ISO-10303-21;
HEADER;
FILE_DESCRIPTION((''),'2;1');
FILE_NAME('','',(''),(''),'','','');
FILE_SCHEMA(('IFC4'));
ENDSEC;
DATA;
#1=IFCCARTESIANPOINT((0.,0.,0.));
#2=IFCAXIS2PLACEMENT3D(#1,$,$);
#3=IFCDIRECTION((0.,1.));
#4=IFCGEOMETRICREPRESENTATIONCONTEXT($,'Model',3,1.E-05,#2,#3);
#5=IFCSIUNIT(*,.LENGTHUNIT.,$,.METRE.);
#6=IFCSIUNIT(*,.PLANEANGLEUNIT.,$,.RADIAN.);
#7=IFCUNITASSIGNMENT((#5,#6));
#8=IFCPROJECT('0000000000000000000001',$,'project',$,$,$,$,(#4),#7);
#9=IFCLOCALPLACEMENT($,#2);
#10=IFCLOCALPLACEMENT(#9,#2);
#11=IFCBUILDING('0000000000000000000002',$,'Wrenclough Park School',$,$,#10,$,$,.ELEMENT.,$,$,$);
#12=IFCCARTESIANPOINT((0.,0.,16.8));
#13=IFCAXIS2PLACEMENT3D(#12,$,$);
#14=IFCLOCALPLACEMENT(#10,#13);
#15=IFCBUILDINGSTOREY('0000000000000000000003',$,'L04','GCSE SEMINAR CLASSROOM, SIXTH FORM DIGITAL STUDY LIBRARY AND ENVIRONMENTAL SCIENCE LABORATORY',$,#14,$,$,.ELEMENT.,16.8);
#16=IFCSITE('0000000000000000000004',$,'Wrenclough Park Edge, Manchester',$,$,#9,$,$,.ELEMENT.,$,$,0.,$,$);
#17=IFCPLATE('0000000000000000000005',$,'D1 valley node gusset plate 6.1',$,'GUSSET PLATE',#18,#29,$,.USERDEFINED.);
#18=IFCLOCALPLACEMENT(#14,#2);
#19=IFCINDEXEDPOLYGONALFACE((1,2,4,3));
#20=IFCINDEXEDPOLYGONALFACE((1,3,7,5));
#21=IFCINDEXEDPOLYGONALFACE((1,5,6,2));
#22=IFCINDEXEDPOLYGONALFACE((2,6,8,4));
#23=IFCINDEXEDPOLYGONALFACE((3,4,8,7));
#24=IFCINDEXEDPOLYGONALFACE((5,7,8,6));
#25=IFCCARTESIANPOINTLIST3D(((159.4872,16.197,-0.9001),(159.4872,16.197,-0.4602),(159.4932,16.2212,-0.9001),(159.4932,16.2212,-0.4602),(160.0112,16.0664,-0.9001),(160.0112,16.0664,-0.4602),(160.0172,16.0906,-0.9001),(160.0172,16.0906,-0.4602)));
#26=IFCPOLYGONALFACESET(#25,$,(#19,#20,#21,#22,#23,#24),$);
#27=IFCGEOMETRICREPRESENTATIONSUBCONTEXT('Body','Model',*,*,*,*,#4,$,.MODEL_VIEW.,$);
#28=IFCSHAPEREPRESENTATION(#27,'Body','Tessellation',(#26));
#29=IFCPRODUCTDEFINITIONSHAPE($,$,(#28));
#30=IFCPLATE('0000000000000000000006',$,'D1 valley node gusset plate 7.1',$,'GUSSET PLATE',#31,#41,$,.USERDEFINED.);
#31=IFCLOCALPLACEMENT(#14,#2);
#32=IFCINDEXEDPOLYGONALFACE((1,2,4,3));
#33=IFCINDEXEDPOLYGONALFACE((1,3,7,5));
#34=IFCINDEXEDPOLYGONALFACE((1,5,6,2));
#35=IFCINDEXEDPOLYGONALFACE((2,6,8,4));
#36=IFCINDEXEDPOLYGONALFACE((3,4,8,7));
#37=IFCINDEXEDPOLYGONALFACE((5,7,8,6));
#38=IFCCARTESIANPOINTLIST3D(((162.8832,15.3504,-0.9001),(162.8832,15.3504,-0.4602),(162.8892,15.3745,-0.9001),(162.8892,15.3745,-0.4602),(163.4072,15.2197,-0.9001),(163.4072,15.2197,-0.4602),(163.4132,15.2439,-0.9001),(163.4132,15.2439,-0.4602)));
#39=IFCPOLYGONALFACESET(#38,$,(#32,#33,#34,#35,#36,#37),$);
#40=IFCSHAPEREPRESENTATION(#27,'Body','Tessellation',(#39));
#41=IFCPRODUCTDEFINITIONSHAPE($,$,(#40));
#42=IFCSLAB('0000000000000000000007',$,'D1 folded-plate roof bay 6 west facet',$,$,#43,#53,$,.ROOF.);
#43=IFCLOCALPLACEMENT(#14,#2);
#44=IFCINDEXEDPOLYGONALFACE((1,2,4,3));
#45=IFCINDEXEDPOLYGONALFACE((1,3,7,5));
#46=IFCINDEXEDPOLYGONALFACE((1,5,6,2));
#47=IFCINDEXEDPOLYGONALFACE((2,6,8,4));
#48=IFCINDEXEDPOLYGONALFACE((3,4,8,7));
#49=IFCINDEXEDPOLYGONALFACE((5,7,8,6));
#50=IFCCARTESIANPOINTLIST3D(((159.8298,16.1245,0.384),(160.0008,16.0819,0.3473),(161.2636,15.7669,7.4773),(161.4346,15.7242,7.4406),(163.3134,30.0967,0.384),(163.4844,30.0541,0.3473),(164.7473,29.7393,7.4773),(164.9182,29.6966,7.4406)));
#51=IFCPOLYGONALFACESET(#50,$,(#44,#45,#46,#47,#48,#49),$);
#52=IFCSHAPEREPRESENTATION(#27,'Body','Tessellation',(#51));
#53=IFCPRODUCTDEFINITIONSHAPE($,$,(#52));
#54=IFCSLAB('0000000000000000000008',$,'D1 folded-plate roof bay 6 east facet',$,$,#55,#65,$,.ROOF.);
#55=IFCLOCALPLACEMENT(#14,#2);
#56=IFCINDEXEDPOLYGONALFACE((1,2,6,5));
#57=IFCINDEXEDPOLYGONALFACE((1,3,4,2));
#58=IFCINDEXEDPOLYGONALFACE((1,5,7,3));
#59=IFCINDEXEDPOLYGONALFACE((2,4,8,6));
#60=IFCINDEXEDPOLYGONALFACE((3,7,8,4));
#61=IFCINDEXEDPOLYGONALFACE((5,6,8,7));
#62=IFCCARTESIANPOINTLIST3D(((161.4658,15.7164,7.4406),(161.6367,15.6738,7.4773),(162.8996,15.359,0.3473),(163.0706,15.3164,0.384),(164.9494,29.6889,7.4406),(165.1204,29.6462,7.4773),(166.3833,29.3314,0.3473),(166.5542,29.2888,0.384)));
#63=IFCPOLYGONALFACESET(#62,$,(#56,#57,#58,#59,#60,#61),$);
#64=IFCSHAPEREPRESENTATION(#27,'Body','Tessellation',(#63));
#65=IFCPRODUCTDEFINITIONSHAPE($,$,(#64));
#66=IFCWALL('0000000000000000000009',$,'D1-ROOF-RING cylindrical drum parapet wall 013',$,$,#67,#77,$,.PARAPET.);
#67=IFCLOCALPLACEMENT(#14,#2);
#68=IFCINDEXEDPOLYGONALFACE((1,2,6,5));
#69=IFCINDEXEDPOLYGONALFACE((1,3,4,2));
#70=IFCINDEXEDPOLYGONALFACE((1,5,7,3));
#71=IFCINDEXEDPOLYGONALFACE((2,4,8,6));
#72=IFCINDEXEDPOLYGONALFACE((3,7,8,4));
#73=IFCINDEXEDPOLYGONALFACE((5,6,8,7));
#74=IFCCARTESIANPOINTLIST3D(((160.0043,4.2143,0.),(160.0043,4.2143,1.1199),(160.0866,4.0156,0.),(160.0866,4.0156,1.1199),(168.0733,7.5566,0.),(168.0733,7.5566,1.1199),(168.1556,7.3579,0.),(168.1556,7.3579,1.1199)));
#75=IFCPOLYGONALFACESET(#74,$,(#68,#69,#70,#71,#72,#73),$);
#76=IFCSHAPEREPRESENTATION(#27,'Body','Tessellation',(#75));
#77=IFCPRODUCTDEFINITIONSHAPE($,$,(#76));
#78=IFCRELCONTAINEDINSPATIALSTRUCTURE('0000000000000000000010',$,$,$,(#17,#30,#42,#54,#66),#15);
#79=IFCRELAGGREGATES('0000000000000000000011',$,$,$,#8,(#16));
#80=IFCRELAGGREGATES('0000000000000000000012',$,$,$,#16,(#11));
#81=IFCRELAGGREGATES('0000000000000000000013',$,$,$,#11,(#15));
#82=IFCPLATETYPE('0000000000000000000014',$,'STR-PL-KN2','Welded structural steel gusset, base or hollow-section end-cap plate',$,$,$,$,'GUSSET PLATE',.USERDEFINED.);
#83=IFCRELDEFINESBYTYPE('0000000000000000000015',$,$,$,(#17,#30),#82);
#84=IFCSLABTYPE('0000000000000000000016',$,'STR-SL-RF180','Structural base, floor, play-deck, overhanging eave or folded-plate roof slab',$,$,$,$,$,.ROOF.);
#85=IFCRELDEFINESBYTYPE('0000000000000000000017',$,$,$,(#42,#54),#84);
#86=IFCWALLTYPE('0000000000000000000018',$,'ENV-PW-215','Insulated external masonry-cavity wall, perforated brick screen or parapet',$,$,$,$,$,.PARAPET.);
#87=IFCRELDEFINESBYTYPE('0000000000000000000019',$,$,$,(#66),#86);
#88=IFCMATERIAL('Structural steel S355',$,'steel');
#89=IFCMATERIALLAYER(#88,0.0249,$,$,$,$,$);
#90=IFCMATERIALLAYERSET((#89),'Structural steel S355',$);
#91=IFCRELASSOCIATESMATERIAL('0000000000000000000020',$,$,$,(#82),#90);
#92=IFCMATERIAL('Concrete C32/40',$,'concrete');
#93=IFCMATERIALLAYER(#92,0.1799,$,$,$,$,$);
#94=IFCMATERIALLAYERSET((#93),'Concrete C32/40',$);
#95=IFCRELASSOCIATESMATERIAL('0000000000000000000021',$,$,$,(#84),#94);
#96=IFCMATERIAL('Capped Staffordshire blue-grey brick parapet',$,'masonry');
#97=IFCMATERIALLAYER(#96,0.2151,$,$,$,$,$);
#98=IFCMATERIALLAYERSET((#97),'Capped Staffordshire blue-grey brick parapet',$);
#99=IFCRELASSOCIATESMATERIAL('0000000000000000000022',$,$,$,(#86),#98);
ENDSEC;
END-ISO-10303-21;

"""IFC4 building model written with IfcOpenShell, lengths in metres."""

from ifc_helpers import new_model, si_unit, direction, frame, frame_2d, origin, origin_2d, place, context, subcontext, project, spatial, polyline, rectangle, outline, extrude, material, layer, layer_set, type_object, element, save


model = new_model("IFC4")

# Units and contexts
model_context = context("Model", 3, precision=1e-05, world=origin(), true_north=direction((0.0, 1.0)))
body_context = subcontext(model_context, "Body", "Model", "MODEL_VIEW")
ifc_project = project(units=[si_unit("LENGTHUNIT", "METRE"), si_unit("PLANEANGLEUNIT", "RADIAN")], contexts=[model_context])

# Site, building, storey
site_placement = place(None, origin())
site = spatial("IfcSite", under=ifc_project, at=site_placement, Name="Wrenclough Park Edge, Manchester", CompositionType="ELEMENT", RefElevation=0.0)
building_placement = place(site_placement, origin())
building = spatial("IfcBuilding", under=site, at=building_placement, Name="Wrenclough Park School", CompositionType="ELEMENT")
storey_placement = place(building_placement, frame((0.0, 0.0, 16.8)))
storey = spatial("IfcBuildingStorey", under=building, at=storey_placement, Name="L04", Description="GCSE SEMINAR CLASSROOM, SIXTH FORM DIGITAL STUDY LIBRARY AND ENVIRONMENTAL SCIENCE LABORATORY", CompositionType="ELEMENT", Elevation=16.8)

# Shared definitions
ifc_material_1 = material(Name="Structural steel S355", Category="steel")

# Plates
ifc_layer_1 = layer(ifc_material_1, 0.0249)
ifc_layer_set_1 = layer_set([ifc_layer_1], Name="Structural steel S355")
plate_type_1 = type_object("IfcPlateType", Name="STR-PL-KN2", Description="Welded structural steel gusset, base or hollow-section end-cap plate", ElementType="GUSSET PLATE", PredefinedType="USERDEFINED", material=ifc_layer_set_1)
for number, where, z_axis, x_axis, name in (
    (1, (159.7522, 16.1438, -0.9001), (0.0, 0.0, 1.0), (0.970296, -0.241922, 0.0), "D1 valley node gusset plate 6.1"),
    (2, (163.1482, 15.2971, -0.9001), (0.0, 0.0, 1.0), (0.970296, -0.241922, 0.0), "D1 valley node gusset plate 7.1"),
):
    element("IfcPlate", number, at=place(storey_placement, frame(where, z_axis=z_axis, x_axis=x_axis)), inside=storey, type_object=plate_type_1, Name=name, ObjectType="GUSSET PLATE", PredefinedType="USERDEFINED", context=body_context, shape_type="SweptSolid", body=[
        extrude(rectangle(XDim=0.54, YDim=0.0249, at=origin_2d()), origin(), (0.0, 0.0, 1.0), 0.4399),
    ])

# Slabs
ifc_material_2 = material(Name="Concrete C32/40", Category="concrete")
ifc_layer_2 = layer(ifc_material_2, 0.1799)
ifc_layer_set_2 = layer_set([ifc_layer_2], Name="Concrete C32/40")
slab_type = type_object("IfcSlabType", Name="STR-SL-RF180", Description="Structural base, floor, play-deck, overhanging eave or folded-plate roof slab", PredefinedType="ROOF", material=ifc_layer_set_2)
slab_1_placement = place(storey_placement, frame((159.8298, 16.1245, 0.384), z_axis=(-0.949902, 0.236834, 0.203952), x_axis=(0.197888, -0.049363, 0.978981)))
element("IfcSlab", 3, at=slab_1_placement, inside=storey, type_object=slab_type, Name="D1 folded-plate roof bay 6 west facet", PredefinedType="ROOF", context=body_context, shape_type="SweptSolid", body=[
    extrude(outline(polyline([(0.0, 0.0), (7.2456, 0.0), (7.2452, 14.4001), (-0.0003, 14.3999), (0.0, 0.0)])), origin(), (0.0, 0.0, -1.0), 0.1799),
])
slab_2_placement = place(storey_placement, frame((161.6367, 15.6738, 7.4773), z_axis=(0.949903, -0.236833, 0.203948), x_axis=(0.197892, -0.04933, -0.978982)))
element("IfcSlab", 4, at=slab_2_placement, inside=storey, type_object=slab_type, Name="D1 folded-plate roof bay 6 east facet", PredefinedType="ROOF", context=body_context, shape_type="SweptSolid", body=[
    extrude(outline(polyline([(0.0, 0.0), (7.2456, 0.0), (7.2457, 14.4001), (0.0001, 14.4001), (0.0, 0.0)])), origin(), (0.0, 0.0, -1.0), 0.1799),
])

# Wall
ifc_material_3 = material(Name="Capped Staffordshire blue-grey brick parapet", Category="masonry")
ifc_layer_3 = layer(ifc_material_3, 0.2151)
ifc_layer_set_3 = layer_set([ifc_layer_3], Name="Capped Staffordshire blue-grey brick parapet")
wall_type = type_object("IfcWallType", Name="ENV-PW-215", Description="Insulated external masonry-cavity wall, perforated brick screen or parapet", PredefinedType="PARAPET", material=ifc_layer_set_3)
wall_placement = place(storey_placement, frame((160.0454, 4.115, 0.0), z_axis=(0.0, 0.0, 1.0), x_axis=(0.923881, 0.382679, 0.0)))
element("IfcWall", 5, at=wall_placement, inside=storey, type_object=wall_type, Name="D1-ROOF-RING cylindrical drum parapet wall 013", PredefinedType="PARAPET", context=body_context, shape_type="SweptSolid", body=[
    extrude(rectangle(XDim=8.7339, YDim=0.2151, at=frame_2d((4.3669, 0.0))), origin(), (0.0, 0.0, 1.0), 1.1199),
])

save(model, "model.ifc")
